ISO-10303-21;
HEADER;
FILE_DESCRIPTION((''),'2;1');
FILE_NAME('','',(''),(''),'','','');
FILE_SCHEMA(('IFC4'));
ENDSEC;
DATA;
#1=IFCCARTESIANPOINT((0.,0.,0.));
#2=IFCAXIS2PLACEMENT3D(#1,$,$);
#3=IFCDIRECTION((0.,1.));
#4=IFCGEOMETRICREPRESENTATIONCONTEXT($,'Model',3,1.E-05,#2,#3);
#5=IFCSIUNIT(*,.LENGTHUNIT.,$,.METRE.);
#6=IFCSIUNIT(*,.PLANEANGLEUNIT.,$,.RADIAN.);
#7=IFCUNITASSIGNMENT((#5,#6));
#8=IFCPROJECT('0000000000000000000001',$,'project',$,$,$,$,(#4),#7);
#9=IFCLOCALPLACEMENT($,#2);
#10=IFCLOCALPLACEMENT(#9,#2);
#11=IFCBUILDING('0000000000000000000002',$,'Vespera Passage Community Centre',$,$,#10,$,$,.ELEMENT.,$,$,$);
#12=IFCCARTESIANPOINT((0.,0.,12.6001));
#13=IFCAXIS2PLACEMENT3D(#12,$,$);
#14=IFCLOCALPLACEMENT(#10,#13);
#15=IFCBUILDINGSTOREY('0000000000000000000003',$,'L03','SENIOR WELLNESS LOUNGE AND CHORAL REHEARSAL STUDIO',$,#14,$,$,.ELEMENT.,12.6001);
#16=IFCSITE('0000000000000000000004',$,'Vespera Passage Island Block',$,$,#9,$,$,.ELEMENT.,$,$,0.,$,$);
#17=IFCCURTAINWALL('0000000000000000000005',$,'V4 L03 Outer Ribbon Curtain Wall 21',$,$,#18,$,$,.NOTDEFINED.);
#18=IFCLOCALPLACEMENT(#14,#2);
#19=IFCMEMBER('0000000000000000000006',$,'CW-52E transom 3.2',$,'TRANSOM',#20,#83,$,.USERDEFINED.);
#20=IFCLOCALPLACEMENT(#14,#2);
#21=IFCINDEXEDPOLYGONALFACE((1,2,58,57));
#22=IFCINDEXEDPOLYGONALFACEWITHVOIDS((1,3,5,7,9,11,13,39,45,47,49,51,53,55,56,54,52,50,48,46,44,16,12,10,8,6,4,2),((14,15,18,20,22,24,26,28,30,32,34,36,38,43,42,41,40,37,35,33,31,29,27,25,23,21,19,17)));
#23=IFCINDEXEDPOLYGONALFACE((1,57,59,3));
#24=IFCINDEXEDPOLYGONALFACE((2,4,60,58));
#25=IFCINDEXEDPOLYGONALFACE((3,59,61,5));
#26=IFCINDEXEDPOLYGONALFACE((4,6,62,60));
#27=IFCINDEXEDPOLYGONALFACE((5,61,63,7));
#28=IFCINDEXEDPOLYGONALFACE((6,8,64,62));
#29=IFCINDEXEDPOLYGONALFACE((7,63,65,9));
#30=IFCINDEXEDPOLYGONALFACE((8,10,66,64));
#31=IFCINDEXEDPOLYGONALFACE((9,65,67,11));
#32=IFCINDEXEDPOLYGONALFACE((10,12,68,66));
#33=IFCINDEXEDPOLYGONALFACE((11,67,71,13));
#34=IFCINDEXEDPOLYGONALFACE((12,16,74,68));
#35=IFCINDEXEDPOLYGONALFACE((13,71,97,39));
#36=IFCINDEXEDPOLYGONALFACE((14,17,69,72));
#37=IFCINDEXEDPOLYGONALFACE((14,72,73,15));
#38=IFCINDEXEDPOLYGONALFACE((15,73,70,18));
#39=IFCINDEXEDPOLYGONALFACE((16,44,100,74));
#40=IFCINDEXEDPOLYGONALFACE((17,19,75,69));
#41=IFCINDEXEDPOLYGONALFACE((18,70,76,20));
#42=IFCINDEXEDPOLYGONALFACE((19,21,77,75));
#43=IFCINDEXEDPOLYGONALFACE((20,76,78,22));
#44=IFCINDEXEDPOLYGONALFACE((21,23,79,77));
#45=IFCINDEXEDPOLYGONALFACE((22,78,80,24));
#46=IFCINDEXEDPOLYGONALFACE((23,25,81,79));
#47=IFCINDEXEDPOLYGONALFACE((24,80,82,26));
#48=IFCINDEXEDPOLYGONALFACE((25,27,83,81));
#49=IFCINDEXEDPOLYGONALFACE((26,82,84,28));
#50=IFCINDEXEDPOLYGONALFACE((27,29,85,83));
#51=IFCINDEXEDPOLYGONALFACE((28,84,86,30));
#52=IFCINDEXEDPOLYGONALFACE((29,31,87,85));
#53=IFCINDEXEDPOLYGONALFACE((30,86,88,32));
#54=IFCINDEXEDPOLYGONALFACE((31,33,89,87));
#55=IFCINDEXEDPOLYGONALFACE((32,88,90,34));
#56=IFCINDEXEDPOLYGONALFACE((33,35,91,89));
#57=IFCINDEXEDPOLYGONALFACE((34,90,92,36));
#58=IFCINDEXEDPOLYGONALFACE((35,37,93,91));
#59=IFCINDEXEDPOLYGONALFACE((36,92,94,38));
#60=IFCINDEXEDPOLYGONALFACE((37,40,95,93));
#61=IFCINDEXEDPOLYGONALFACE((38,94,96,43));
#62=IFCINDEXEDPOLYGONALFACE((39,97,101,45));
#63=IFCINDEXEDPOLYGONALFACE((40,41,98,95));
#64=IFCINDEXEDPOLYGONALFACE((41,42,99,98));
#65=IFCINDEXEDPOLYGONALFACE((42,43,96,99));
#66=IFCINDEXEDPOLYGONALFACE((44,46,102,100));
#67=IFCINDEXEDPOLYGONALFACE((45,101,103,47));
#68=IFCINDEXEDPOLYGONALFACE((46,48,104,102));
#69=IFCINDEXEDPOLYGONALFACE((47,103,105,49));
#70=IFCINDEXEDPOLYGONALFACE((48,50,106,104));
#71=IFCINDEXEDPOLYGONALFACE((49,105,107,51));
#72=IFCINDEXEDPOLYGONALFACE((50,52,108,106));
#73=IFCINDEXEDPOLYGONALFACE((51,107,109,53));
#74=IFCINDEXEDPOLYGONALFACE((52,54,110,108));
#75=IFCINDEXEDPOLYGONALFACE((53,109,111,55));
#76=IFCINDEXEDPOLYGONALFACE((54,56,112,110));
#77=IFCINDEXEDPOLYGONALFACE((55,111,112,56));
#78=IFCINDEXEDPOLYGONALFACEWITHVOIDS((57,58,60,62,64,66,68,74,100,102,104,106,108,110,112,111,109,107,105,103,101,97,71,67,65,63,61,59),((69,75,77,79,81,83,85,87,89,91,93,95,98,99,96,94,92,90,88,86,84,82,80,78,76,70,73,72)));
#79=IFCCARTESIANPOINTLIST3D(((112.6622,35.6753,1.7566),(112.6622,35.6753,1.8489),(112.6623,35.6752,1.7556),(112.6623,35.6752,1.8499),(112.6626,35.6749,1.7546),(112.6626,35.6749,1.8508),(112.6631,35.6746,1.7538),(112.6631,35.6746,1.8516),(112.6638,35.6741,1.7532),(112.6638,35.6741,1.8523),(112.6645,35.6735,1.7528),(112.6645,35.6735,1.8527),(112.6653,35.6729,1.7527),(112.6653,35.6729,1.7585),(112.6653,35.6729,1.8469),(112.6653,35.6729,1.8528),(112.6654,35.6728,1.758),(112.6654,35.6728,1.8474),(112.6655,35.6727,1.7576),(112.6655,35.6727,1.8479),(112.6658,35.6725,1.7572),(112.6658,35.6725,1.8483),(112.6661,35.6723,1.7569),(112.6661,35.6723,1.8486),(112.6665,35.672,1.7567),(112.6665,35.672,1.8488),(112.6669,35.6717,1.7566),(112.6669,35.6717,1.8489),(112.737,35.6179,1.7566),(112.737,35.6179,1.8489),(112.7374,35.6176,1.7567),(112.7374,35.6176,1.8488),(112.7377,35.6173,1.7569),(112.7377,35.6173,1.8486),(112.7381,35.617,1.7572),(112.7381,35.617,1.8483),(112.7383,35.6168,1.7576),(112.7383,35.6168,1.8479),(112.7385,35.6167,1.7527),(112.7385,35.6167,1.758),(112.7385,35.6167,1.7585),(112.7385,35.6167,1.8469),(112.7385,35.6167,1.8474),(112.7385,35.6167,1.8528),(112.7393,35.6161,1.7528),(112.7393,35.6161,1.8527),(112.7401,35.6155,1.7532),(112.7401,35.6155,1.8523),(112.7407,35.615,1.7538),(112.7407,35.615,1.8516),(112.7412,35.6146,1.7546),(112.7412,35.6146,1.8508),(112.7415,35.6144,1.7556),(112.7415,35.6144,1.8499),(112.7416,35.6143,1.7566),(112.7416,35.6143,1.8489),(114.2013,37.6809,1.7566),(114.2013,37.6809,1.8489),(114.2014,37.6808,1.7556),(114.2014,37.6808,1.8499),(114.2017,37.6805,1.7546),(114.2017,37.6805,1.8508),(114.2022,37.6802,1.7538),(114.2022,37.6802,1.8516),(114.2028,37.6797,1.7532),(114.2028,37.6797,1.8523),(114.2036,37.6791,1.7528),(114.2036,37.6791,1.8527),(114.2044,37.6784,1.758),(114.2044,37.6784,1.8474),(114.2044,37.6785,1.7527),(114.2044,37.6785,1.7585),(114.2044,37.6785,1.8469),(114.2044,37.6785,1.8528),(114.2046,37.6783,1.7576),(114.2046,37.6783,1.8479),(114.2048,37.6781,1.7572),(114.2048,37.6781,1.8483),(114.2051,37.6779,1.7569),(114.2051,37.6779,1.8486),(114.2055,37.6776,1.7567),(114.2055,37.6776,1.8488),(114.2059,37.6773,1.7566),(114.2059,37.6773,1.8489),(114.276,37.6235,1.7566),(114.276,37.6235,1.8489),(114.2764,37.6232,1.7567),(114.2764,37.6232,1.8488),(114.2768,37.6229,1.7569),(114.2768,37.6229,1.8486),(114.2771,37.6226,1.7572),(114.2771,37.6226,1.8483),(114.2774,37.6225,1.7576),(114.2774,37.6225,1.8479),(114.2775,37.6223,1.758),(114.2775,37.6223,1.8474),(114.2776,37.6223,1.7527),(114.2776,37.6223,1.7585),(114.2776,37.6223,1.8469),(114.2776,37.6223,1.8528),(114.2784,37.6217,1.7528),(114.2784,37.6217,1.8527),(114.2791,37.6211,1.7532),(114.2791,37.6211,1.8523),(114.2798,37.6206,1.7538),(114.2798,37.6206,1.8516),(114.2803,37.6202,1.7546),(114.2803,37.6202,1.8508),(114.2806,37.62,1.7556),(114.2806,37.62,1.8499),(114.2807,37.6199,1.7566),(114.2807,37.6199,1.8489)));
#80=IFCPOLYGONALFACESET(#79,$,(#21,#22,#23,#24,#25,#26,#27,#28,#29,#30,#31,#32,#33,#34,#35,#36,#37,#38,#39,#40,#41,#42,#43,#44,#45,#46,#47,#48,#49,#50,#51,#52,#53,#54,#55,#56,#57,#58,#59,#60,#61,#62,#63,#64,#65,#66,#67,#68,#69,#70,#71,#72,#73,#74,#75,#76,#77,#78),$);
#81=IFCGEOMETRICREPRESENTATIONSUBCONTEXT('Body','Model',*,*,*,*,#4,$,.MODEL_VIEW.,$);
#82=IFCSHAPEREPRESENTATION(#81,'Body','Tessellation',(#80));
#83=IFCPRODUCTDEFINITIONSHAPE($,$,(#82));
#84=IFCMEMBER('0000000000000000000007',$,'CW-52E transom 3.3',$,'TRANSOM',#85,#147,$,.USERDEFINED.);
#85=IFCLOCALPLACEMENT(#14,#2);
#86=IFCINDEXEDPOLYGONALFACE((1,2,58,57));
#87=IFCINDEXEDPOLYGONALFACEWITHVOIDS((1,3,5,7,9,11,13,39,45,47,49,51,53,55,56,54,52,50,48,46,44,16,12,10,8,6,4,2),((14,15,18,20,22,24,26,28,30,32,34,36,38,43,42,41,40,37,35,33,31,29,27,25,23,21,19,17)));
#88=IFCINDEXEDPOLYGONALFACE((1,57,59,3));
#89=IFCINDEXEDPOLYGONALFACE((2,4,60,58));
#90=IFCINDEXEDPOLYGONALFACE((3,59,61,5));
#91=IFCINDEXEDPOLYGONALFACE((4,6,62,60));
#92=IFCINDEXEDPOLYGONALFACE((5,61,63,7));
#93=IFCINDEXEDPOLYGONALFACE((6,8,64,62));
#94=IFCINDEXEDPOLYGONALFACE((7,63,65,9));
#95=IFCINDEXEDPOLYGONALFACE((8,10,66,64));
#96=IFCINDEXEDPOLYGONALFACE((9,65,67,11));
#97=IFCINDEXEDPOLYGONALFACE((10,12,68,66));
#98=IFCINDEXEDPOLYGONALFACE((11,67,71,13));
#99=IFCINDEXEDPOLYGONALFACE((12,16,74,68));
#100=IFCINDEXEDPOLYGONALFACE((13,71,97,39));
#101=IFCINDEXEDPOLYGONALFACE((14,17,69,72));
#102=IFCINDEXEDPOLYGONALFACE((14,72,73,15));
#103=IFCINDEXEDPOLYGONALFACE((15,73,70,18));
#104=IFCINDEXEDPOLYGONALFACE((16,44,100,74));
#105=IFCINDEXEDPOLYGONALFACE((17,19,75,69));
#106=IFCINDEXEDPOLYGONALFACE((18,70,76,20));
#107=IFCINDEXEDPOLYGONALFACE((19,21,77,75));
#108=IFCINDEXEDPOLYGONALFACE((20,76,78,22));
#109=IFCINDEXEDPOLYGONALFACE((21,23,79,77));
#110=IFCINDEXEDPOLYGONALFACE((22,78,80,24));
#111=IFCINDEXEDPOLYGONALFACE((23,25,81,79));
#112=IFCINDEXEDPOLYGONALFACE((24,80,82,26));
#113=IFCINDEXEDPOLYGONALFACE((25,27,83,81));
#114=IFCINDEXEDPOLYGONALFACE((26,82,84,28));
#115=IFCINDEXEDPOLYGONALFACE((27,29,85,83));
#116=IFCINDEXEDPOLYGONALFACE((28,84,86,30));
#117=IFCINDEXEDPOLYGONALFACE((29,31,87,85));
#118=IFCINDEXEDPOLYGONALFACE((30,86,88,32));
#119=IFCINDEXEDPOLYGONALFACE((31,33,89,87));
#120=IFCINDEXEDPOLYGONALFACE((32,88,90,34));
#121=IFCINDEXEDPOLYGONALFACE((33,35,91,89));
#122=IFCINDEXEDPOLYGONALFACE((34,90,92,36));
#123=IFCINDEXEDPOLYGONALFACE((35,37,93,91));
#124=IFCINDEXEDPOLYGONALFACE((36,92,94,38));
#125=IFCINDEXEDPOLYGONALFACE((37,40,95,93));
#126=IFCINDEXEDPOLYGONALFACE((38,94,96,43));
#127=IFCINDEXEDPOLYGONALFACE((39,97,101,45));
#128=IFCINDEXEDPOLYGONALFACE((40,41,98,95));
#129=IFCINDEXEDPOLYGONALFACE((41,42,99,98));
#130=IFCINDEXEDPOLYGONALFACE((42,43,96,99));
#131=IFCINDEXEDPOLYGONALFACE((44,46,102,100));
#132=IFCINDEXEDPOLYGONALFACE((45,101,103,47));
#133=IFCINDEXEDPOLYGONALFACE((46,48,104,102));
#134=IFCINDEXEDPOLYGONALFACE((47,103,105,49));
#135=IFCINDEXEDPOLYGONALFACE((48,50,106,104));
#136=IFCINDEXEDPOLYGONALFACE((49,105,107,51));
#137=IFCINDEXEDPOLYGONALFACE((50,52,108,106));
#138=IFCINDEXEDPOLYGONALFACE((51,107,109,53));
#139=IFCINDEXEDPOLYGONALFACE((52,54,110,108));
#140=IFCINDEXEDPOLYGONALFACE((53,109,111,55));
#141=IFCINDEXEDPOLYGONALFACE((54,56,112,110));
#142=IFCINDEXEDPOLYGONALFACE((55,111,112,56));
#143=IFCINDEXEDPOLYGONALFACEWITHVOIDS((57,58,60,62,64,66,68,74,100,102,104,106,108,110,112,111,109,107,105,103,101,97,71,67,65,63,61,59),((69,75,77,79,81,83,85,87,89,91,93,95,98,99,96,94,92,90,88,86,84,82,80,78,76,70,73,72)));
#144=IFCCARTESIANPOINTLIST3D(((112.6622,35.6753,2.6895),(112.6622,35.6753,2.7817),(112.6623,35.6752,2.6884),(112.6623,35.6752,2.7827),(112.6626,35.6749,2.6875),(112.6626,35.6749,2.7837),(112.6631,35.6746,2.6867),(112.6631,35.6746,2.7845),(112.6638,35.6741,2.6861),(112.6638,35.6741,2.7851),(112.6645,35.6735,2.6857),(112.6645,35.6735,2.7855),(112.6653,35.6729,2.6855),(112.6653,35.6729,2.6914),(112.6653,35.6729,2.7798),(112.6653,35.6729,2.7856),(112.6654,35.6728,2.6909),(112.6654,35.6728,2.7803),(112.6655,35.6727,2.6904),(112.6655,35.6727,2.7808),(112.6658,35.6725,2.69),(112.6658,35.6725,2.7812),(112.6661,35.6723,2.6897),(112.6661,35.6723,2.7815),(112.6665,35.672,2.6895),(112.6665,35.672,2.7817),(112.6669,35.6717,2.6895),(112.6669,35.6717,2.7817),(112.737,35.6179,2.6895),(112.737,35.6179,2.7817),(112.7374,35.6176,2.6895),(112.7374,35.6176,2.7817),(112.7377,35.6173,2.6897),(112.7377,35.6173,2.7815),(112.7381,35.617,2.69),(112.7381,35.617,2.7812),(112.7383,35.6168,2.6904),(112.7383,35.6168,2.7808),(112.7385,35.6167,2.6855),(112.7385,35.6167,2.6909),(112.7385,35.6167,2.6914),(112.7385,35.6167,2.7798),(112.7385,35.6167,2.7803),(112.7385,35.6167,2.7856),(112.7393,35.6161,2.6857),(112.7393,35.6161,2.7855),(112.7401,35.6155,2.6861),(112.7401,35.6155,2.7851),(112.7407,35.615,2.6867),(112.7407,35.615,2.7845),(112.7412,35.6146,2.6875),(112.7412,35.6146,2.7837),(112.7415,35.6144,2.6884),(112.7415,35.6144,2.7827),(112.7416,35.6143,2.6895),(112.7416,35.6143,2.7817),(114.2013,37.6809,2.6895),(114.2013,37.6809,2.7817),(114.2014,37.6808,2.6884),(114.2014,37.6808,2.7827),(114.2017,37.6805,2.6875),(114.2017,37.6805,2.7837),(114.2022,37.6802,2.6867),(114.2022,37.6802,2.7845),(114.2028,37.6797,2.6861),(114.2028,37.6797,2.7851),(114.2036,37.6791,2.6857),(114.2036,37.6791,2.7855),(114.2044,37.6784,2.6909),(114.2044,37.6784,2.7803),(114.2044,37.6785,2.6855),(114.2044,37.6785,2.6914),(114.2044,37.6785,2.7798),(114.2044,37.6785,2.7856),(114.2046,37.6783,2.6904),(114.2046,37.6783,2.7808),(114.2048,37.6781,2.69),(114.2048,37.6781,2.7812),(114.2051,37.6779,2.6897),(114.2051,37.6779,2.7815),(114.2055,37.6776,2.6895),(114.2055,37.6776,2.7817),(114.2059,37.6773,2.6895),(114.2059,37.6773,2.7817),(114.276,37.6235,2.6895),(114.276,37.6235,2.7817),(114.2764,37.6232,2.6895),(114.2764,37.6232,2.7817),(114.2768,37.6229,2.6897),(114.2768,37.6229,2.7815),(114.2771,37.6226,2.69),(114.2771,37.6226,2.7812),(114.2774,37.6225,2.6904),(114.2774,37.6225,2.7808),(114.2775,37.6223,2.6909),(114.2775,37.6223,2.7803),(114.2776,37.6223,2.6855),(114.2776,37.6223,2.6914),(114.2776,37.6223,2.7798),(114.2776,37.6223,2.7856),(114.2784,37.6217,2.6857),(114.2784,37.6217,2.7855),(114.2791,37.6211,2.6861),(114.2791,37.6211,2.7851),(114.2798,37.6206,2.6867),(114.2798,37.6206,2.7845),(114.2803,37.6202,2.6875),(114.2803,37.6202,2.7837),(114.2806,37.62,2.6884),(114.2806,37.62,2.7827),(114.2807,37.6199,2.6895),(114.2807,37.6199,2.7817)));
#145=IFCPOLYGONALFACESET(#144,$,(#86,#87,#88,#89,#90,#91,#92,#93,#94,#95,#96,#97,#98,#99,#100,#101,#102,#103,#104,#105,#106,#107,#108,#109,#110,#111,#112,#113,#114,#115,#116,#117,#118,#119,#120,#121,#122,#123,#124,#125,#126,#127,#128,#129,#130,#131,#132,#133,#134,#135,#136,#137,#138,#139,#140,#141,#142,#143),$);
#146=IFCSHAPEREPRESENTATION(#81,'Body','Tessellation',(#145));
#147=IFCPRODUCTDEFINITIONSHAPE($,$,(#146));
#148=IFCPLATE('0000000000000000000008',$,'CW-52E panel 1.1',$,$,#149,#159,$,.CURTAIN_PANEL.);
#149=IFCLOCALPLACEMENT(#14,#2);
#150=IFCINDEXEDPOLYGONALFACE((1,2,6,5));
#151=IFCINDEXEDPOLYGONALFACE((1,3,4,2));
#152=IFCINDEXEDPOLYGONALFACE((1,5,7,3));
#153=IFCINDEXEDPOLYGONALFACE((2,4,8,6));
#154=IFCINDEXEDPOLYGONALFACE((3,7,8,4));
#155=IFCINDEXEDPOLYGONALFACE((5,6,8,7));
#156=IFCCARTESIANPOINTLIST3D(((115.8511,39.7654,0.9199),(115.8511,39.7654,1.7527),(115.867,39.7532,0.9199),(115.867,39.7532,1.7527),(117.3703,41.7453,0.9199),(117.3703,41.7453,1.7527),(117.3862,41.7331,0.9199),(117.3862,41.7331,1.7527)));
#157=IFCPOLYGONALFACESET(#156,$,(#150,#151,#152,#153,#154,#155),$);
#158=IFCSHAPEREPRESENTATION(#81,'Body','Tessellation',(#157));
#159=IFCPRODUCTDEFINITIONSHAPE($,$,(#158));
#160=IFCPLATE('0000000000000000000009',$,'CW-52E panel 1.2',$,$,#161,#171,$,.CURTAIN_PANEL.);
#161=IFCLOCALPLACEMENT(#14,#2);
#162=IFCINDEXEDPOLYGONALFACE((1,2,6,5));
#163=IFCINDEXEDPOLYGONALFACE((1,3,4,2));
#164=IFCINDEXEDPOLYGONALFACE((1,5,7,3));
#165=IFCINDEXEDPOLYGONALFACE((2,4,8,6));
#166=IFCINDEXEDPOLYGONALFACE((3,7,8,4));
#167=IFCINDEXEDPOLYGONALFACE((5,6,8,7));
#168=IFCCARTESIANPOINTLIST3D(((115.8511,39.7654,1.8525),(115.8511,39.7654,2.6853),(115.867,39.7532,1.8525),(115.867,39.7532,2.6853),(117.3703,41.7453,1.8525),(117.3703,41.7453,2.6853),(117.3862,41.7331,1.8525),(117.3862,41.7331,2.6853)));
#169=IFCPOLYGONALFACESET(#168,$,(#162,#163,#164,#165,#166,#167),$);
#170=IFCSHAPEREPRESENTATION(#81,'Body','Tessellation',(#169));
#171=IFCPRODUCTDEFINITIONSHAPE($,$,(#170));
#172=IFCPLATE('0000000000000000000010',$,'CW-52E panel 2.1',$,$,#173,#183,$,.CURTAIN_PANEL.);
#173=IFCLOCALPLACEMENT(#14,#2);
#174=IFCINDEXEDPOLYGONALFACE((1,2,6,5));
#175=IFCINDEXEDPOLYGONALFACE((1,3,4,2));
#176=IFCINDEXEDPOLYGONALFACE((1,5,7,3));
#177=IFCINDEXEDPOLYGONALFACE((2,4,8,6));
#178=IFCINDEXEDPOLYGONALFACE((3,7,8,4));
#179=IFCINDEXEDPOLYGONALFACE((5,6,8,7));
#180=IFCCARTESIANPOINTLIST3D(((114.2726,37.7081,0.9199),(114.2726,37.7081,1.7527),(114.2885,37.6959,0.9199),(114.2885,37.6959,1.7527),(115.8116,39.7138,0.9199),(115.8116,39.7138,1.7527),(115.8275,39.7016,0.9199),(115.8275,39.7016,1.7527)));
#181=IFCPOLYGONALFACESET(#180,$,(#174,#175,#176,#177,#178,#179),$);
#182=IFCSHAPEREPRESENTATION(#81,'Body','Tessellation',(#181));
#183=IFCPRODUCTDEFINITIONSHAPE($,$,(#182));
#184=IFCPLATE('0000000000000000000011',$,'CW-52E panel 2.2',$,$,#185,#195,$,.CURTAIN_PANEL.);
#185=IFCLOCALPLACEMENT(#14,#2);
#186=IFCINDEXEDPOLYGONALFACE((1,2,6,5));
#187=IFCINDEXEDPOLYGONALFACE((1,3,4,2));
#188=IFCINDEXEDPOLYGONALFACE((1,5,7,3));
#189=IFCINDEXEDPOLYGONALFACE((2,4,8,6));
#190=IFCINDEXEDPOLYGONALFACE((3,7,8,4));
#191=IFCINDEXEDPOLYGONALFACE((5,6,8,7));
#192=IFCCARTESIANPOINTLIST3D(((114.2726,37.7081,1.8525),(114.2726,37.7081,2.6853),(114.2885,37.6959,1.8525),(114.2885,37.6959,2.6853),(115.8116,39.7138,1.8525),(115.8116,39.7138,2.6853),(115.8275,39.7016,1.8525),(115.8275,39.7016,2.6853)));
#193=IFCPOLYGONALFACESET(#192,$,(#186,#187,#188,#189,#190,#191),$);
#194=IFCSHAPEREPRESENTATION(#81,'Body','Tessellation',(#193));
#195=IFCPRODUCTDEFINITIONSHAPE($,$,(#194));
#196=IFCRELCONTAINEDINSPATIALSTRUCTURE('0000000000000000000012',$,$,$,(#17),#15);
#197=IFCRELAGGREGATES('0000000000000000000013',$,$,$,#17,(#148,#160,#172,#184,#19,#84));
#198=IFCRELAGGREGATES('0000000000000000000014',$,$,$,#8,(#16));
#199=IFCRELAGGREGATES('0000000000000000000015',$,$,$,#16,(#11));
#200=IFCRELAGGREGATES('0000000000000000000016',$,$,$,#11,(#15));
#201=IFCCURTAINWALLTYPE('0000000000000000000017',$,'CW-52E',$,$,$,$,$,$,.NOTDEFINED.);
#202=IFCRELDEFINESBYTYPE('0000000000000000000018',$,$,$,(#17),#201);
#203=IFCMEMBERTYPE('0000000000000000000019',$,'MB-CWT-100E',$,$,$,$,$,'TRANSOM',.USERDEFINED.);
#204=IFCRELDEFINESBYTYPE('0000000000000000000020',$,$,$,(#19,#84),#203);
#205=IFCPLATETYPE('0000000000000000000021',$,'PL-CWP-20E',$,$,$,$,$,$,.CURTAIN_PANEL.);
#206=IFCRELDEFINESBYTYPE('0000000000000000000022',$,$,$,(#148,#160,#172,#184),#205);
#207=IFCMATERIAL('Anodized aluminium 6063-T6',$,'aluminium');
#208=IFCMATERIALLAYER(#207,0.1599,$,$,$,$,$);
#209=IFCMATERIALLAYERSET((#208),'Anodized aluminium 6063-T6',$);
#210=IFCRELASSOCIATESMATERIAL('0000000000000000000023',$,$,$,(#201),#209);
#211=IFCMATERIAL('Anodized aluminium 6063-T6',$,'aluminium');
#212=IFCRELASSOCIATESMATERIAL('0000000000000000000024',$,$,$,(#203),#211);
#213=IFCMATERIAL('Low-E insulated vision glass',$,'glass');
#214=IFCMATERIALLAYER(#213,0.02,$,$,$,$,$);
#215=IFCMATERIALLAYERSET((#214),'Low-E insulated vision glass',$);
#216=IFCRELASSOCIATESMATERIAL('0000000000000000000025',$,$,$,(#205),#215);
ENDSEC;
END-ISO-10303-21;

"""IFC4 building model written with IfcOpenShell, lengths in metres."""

from ifc_helpers import new_model, si_unit, direction, frame, origin, origin_2d, place, context, subcontext, project, spatial, rectangle, hollow_rectangle, extrude, material, layer, layer_set, material_profile, profile_set, type_object, element, aggregate, save


model = new_model("IFC4")

# Units and contexts
model_context = context("Model", 3, precision=1e-05, world=origin(), true_north=direction((0.0, 1.0)))
body_context = subcontext(model_context, "Body", "Model", "MODEL_VIEW")
ifc_project = project(units=[si_unit("LENGTHUNIT", "METRE"), si_unit("PLANEANGLEUNIT", "RADIAN")], contexts=[model_context])

# Site, building, storey
site_placement = place(None, origin())
site = spatial("IfcSite", under=ifc_project, at=site_placement, Name="Vespera Passage Island Block", CompositionType="ELEMENT", RefElevation=0.0)
building_placement = place(site_placement, origin())
building = spatial("IfcBuilding", under=site, at=building_placement, Name="Vespera Passage Community Centre", CompositionType="ELEMENT")
storey_placement = place(building_placement, frame((0.0, 0.0, 12.6001)))
storey = spatial("IfcBuildingStorey", under=building, at=storey_placement, Name="L03", Description="SENIOR WELLNESS LOUNGE AND CHORAL REHEARSAL STUDIO", CompositionType="ELEMENT", Elevation=12.6001)

# Curtain wall, members, plates
ifc_material_1 = material(Name="Anodized aluminium 6063-T6", Category="aluminium")
ifc_layer_1 = layer(ifc_material_1, 0.1599)
ifc_layer_set_1 = layer_set([ifc_layer_1], Name="Anodized aluminium 6063-T6")
curtain_wall_type = type_object("IfcCurtainWallType", Name="CW-52E", PredefinedType="NOTDEFINED", material=ifc_layer_set_1)
curtain_wall_placement = place(storey_placement, origin())
curtain_wall = element("IfcCurtainWall", 1, at=curtain_wall_placement, inside=storey, type_object=curtain_wall_type, Name="V4 L03 Outer Ribbon Curtain Wall 21", PredefinedType="NOTDEFINED")
ifc_material_2 = material(Name="Anodized aluminium 6063-T6", Category="aluminium")
ifc_material_profile_1 = material_profile(ifc_material_2, hollow_rectangle(XDim=0.1001, YDim=0.1001, WallThickness=0.0039, InnerFilletRadius=0.002, OuterFilletRadius=0.0039, at=origin_2d()), Name="ALU100X100X4")
ifc_profile_set_1 = profile_set([ifc_material_profile_1], Name="Anodized aluminium 6063-T6")
member_type_1 = type_object("IfcMemberType", Name="MB-CWT-100E", ElementType="TRANSOM", PredefinedType="USERDEFINED", material=ifc_profile_set_1)
member_1_placement = place(storey_placement, frame((114.241, 37.6504, 1.8027), z_axis=(-0.608786, -0.793334, 0.0), x_axis=(0.793334, -0.608786, 0.0)))
member_1 = element("IfcMember", 2, at=member_1_placement, type_object=member_type_1, Name="CW-52E transom 3.2", ObjectType="TRANSOM", PredefinedType="USERDEFINED", context=body_context, shape_type="SweptSolid", body=[
    extrude(hollow_rectangle(XDim=0.1001, YDim=0.1001, WallThickness=0.0039, InnerFilletRadius=0.002, OuterFilletRadius=0.0039, at=origin_2d()), origin(), (0.0, 0.0, 1.0), 2.5281),
])
member_2_placement = place(storey_placement, frame((114.241, 37.6504, 2.7356), z_axis=(-0.608786, -0.793334, 0.0), x_axis=(0.793334, -0.608786, 0.0)))
member_2 = element("IfcMember", 3, at=member_2_placement, type_object=member_type_1, Name="CW-52E transom 3.3", ObjectType="TRANSOM", PredefinedType="USERDEFINED", context=body_context, shape_type="SweptSolid", body=[
    extrude(hollow_rectangle(XDim=0.1001, YDim=0.1001, WallThickness=0.0039, InnerFilletRadius=0.002, OuterFilletRadius=0.0039, at=origin_2d()), origin(), (0.0, 0.0, 1.0), 2.5281),
])
ifc_material_3 = material(Name="Low-E insulated vision glass", Category="glass")
ifc_layer_2 = layer(ifc_material_3, 0.02)
ifc_layer_set_2 = layer_set([ifc_layer_2], Name="Low-E insulated vision glass")
plate_type = type_object("IfcPlateType", Name="PL-CWP-20E", PredefinedType="CURTAIN_PANEL", material=ifc_layer_set_2)
plate_1_placement = place(storey_placement, frame((116.6187, 40.7493, 0.9199), z_axis=(0.0, 0.0, 1.0), x_axis=(-0.608765, -0.79335, 0.0)))
plate_1 = element("IfcPlate", 4, at=plate_1_placement, type_object=plate_type, Name="CW-52E panel 1.1", PredefinedType="CURTAIN_PANEL", context=body_context, shape_type="SweptSolid", body=[
    extrude(rectangle(XDim=2.4956, YDim=0.02, at=origin_2d()), origin(), (0.0, 0.0, 1.0), 0.8328),
])
plate_2_placement = place(storey_placement, frame((116.6187, 40.7493, 1.8525), z_axis=(0.0, 0.0, 1.0), x_axis=(-0.608765, -0.79335, 0.0)))
plate_2 = element("IfcPlate", 5, at=plate_2_placement, type_object=plate_type, Name="CW-52E panel 1.2", PredefinedType="CURTAIN_PANEL", context=body_context, shape_type="SweptSolid", body=[
    extrude(rectangle(XDim=2.4956, YDim=0.02, at=origin_2d()), origin(), (0.0, 0.0, 1.0), 0.8328),
])
plate_3_placement = place(storey_placement, frame((115.05, 38.7048, 0.9199), z_axis=(0.0, 0.0, 1.0), x_axis=(-0.608765, -0.79335, 0.0)))
plate_3 = element("IfcPlate", 6, at=plate_3_placement, type_object=plate_type, Name="CW-52E panel 2.1", PredefinedType="CURTAIN_PANEL", context=body_context, shape_type="SweptSolid", body=[
    extrude(rectangle(XDim=2.5281, YDim=0.02, at=origin_2d()), origin(), (0.0, 0.0, 1.0), 0.8328),
])
plate_4_placement = place(storey_placement, frame((115.05, 38.7048, 1.8525), z_axis=(0.0, 0.0, 1.0), x_axis=(-0.608765, -0.79335, 0.0)))
plate_4 = element("IfcPlate", 7, at=plate_4_placement, type_object=plate_type, Name="CW-52E panel 2.2", PredefinedType="CURTAIN_PANEL", context=body_context, shape_type="SweptSolid", body=[
    extrude(rectangle(XDim=2.5281, YDim=0.02, at=origin_2d()), origin(), (0.0, 0.0, 1.0), 0.8328),
])
aggregate(curtain_wall, [plate_1, plate_2, plate_3, plate_4, member_1, member_2])

save(model, "model.ifc")
